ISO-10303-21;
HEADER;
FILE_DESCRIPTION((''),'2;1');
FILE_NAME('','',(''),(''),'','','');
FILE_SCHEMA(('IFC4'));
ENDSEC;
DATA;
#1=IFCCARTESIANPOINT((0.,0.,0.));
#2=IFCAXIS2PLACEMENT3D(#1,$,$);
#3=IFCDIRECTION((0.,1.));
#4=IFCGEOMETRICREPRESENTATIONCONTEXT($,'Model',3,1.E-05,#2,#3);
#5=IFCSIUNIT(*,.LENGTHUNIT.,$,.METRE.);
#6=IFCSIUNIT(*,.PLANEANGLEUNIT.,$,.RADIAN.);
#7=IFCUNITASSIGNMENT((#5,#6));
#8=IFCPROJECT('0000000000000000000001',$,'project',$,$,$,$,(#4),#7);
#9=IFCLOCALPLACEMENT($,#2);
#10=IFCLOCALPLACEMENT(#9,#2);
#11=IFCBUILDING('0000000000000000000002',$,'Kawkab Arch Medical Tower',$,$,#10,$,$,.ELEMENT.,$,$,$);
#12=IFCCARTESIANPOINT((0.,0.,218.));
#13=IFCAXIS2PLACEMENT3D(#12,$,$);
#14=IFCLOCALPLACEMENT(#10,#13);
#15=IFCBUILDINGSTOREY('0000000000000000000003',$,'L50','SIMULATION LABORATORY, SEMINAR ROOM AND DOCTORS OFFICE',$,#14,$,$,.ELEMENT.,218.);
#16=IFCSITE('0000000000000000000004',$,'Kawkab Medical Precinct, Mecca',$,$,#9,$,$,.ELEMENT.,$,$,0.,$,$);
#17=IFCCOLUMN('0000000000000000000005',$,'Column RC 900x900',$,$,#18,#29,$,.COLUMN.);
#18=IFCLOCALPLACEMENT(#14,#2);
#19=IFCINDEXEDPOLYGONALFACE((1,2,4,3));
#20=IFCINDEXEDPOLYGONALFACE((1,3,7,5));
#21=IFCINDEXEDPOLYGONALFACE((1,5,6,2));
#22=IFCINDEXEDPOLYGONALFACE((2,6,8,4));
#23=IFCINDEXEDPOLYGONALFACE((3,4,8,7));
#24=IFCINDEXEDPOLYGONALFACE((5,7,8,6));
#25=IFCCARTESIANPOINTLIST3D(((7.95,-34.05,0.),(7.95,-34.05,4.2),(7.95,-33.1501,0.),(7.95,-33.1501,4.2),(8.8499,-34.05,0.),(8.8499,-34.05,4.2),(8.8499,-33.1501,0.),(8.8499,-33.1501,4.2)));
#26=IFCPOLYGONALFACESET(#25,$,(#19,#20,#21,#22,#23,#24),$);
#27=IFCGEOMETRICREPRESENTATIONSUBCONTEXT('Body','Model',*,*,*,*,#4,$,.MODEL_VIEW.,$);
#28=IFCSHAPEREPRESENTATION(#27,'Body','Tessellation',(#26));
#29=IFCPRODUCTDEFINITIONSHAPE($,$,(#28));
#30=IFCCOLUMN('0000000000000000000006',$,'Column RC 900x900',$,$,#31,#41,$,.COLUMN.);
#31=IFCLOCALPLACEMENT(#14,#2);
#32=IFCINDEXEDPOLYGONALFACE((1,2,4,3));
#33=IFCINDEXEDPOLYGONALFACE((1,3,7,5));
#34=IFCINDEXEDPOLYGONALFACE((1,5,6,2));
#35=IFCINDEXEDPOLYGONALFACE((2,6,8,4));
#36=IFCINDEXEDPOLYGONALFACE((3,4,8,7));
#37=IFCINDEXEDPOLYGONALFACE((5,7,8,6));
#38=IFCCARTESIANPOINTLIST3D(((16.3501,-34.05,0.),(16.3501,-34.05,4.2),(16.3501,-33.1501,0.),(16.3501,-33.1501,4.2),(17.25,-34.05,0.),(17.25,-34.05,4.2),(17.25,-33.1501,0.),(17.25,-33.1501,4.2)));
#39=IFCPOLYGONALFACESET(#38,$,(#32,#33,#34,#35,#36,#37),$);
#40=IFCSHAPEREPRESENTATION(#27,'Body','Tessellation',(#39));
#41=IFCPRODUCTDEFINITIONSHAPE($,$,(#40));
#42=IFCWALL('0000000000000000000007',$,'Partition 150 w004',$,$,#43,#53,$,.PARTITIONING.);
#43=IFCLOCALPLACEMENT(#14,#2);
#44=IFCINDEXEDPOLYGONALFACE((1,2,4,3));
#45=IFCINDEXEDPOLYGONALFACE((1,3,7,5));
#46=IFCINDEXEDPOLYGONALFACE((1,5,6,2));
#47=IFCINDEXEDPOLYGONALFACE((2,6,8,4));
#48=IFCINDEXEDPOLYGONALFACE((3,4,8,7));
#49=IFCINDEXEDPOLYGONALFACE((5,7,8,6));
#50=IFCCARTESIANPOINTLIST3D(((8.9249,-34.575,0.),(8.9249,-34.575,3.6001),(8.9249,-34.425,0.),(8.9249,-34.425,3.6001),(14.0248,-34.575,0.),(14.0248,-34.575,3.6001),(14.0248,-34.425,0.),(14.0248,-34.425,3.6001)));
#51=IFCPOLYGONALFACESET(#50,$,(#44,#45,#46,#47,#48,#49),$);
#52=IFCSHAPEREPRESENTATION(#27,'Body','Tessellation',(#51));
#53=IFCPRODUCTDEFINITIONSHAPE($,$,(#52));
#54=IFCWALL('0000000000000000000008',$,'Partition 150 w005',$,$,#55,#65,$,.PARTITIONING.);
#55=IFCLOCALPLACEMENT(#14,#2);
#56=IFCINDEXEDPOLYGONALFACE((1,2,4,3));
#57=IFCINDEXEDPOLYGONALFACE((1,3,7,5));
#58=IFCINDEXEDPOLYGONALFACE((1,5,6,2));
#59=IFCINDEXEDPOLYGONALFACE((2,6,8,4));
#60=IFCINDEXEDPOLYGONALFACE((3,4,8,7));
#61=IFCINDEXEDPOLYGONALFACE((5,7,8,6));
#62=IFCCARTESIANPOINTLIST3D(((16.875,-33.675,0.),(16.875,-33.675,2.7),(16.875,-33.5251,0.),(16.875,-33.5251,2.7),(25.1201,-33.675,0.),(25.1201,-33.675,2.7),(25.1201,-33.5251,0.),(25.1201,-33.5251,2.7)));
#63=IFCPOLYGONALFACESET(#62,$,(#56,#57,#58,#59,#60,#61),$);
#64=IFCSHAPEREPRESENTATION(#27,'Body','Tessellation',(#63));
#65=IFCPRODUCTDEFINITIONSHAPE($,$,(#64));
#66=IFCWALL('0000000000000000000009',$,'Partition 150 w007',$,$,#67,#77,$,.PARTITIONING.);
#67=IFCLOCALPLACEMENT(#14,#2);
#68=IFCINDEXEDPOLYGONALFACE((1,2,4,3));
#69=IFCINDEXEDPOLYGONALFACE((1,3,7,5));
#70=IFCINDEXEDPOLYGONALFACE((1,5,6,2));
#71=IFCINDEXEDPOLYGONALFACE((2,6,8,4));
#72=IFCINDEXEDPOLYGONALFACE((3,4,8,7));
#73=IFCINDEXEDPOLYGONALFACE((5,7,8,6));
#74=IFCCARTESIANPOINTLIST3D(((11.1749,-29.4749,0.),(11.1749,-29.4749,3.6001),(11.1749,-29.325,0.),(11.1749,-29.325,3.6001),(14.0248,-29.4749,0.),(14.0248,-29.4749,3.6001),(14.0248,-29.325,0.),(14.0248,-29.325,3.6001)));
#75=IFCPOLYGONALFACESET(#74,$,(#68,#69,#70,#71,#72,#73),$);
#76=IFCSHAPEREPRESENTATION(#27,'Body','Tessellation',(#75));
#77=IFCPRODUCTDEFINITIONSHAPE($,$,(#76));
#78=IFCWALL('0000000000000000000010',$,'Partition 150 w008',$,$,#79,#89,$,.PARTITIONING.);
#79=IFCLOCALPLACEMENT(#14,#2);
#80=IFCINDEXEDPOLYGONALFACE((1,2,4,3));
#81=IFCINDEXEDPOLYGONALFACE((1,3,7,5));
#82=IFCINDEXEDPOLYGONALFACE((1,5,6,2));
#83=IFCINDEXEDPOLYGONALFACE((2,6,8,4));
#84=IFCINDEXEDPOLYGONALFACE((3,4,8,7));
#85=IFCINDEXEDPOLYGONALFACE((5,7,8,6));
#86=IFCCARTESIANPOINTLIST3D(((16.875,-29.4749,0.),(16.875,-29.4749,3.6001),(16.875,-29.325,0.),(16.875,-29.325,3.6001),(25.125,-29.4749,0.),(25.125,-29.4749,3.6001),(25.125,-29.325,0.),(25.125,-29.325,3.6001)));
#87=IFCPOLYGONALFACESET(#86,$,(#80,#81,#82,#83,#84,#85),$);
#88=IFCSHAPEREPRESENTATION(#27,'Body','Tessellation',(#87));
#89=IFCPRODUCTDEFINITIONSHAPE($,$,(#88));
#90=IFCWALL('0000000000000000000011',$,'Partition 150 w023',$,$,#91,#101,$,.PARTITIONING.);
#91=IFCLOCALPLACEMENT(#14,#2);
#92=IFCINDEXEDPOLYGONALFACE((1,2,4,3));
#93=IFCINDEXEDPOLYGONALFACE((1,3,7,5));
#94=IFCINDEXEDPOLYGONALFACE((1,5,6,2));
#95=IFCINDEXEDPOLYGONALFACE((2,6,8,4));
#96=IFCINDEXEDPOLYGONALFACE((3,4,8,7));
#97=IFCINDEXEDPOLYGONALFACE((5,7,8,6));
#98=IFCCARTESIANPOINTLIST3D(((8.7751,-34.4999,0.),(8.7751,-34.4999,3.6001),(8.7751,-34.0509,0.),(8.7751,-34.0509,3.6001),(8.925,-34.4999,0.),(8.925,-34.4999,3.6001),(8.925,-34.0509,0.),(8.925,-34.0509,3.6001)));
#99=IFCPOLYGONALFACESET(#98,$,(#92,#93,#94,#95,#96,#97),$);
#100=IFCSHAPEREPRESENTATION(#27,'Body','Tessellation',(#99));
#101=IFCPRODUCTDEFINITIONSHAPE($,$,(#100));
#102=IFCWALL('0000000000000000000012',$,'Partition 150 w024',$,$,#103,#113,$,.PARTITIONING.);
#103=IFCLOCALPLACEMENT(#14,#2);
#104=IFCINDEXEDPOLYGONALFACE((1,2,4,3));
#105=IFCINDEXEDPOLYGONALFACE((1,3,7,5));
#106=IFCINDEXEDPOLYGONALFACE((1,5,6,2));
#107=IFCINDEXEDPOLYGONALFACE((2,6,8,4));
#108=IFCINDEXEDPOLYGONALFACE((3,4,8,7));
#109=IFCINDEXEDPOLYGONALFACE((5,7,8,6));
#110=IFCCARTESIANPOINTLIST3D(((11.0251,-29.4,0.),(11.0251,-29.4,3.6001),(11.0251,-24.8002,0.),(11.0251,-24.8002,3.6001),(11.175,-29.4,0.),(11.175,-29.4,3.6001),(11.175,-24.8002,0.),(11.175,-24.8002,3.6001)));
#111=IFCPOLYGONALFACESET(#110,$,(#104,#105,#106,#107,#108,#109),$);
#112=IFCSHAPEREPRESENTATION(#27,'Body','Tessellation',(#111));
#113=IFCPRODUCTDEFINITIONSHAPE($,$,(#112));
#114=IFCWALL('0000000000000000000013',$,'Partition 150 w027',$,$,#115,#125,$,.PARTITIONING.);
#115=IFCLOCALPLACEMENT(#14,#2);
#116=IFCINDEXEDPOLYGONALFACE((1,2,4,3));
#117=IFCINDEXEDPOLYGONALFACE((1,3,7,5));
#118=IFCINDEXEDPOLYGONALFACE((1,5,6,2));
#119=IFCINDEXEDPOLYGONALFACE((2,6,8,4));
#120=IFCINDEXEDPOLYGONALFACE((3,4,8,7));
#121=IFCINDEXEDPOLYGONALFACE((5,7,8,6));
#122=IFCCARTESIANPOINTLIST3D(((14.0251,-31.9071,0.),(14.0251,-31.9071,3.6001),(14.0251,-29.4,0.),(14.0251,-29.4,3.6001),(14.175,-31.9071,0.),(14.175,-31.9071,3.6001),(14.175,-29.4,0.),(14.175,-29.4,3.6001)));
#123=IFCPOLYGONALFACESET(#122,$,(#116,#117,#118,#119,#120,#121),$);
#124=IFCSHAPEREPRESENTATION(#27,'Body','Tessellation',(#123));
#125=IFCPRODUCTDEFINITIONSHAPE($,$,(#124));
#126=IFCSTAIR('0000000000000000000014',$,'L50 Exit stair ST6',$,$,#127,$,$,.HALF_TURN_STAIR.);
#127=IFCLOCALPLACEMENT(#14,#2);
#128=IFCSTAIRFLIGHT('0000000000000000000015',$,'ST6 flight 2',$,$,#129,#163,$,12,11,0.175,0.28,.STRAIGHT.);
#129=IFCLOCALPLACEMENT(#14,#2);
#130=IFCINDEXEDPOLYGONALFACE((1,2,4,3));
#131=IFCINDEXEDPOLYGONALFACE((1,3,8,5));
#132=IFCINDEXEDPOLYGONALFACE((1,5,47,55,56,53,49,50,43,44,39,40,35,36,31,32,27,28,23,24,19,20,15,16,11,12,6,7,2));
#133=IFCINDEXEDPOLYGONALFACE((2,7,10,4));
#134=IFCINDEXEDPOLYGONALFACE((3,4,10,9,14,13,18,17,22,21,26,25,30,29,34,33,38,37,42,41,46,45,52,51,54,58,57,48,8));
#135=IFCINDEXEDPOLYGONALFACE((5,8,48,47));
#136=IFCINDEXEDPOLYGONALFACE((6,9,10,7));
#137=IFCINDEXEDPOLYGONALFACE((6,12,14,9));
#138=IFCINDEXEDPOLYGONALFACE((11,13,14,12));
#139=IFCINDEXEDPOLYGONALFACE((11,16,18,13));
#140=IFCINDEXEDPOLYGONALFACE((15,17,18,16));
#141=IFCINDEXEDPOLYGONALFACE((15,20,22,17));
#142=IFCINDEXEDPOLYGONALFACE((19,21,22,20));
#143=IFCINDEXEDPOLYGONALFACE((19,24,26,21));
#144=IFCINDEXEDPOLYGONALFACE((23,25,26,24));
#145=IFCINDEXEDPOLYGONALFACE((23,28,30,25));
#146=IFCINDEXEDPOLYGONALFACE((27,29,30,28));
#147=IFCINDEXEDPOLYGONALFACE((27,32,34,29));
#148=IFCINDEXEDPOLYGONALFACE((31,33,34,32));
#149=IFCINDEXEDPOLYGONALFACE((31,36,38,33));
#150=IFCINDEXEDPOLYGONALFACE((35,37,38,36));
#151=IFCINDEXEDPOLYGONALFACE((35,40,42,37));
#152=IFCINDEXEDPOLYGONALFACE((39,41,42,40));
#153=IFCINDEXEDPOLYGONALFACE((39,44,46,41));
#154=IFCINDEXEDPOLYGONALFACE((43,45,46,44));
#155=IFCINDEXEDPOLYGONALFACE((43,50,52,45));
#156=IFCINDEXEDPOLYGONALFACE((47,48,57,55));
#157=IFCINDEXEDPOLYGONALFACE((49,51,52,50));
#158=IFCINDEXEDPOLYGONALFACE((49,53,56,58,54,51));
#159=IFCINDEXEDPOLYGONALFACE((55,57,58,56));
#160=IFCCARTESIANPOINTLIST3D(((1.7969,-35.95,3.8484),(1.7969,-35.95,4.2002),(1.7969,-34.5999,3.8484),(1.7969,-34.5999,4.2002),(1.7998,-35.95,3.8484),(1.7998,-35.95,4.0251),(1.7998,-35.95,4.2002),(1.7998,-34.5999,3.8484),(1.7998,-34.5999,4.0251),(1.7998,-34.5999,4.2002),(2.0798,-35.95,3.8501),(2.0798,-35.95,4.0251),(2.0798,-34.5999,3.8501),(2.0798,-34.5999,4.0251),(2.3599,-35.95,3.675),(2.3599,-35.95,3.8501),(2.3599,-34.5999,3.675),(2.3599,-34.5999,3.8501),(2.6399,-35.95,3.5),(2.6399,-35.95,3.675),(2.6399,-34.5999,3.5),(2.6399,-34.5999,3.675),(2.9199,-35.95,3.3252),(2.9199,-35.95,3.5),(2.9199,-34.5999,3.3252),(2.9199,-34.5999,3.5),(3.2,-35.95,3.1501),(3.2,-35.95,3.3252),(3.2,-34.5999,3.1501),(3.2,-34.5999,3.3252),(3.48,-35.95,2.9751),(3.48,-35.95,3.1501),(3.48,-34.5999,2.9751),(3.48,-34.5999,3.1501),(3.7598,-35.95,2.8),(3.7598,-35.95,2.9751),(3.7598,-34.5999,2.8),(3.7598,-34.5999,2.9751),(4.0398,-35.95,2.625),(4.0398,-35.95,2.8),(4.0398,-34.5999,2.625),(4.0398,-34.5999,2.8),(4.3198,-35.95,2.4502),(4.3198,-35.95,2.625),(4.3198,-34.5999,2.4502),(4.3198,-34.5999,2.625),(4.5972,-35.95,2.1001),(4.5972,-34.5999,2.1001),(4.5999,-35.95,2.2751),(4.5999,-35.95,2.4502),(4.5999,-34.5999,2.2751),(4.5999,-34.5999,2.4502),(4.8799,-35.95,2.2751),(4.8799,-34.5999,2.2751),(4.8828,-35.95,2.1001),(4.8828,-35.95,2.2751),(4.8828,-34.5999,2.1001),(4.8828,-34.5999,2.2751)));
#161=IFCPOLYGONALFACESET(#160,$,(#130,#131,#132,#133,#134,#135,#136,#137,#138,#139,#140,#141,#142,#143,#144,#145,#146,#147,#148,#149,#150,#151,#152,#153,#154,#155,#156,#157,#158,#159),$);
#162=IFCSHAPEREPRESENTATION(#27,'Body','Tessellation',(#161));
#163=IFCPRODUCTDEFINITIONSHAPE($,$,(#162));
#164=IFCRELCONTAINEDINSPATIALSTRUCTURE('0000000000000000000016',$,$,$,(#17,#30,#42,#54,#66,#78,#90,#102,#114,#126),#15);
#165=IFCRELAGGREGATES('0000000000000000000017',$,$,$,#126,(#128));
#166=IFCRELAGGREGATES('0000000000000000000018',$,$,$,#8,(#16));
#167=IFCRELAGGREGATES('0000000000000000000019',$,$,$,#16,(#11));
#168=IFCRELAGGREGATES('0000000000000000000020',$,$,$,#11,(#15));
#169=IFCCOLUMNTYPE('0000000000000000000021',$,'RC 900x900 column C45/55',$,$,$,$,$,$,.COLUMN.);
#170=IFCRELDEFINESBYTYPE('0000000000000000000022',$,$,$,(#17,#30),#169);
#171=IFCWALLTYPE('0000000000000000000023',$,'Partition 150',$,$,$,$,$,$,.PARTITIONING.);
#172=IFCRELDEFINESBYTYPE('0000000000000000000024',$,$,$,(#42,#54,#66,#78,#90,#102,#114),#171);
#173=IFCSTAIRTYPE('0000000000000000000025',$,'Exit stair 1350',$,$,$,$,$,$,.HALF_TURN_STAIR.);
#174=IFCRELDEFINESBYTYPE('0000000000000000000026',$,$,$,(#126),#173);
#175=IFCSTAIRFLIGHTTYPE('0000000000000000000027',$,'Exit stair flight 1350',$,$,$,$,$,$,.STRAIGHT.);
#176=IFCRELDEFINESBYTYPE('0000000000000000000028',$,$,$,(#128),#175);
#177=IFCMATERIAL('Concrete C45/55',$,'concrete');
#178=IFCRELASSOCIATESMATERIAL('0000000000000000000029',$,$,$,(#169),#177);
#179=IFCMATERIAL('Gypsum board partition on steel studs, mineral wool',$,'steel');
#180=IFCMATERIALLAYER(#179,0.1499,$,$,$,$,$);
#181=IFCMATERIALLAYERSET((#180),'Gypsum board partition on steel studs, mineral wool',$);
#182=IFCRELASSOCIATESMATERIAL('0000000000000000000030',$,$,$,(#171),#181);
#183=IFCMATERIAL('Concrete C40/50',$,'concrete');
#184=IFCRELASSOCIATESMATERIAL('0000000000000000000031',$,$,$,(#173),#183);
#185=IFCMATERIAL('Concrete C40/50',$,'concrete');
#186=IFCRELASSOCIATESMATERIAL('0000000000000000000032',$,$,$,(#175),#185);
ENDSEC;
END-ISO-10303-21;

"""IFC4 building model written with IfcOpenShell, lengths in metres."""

from ifc_helpers import new_model, si_unit, direction, frame, frame_2d, origin, origin_2d, place, context, subcontext, project, spatial, polyline, rectangle, outline, extrude, material, layer, layer_set, material_profile, profile_set, type_object, element, aggregate, save


model = new_model("IFC4")

# Units and contexts
model_context = context("Model", 3, precision=1e-05, world=origin(), true_north=direction((0.0, 1.0)))
body_context = subcontext(model_context, "Body", "Model", "MODEL_VIEW")
ifc_project = project(units=[si_unit("LENGTHUNIT", "METRE"), si_unit("PLANEANGLEUNIT", "RADIAN")], contexts=[model_context])

# Site, building, storey
site_placement = place(None, origin())
site = spatial("IfcSite", under=ifc_project, at=site_placement, Name="Kawkab Medical Precinct, Mecca", CompositionType="ELEMENT", RefElevation=0.0)
building_placement = place(site_placement, origin())
building = spatial("IfcBuilding", under=site, at=building_placement, Name="Kawkab Arch Medical Tower", CompositionType="ELEMENT")
storey_placement = place(building_placement, frame((0.0, 0.0, 218.0)))
storey = spatial("IfcBuildingStorey", under=building, at=storey_placement, Name="L50", Description="SIMULATION LABORATORY, SEMINAR ROOM AND DOCTORS OFFICE", CompositionType="ELEMENT", Elevation=218.0)

# Columns
ifc_material_1 = material(Name="Concrete C45/55", Category="concrete")
ifc_material_profile = material_profile(ifc_material_1, rectangle(XDim=0.8999, YDim=0.8999, at=origin_2d()), Name="RC 900x900")
ifc_profile_set = profile_set([ifc_material_profile], Name="Concrete C45/55")
column_type = type_object("IfcColumnType", Name="RC 900x900 column C45/55", PredefinedType="COLUMN", material=ifc_profile_set)
for number, where, z_axis, x_axis, name in (
    (1, (8.3999, -33.6001, 0.0), (0.0, 0.0, 1.0), (1.0, 0.0, 0.0), "Column RC 900x900"),
    (2, (16.8, -33.6001, 0.0), (0.0, 0.0, 1.0), (1.0, 0.0, 0.0), "Column RC 900x900"),
):
    element("IfcColumn", number, at=place(storey_placement, frame(where, z_axis=z_axis, x_axis=x_axis)), inside=storey, type_object=column_type, Name=name, PredefinedType="COLUMN", context=body_context, shape_type="SweptSolid", body=[
        extrude(rectangle(XDim=0.8999, YDim=0.8999, at=origin_2d()), origin(), (0.0, 0.0, 1.0), 4.2),
    ])

# Walls
ifc_material_2 = material(Name="Gypsum board partition on steel studs, mineral wool", Category="steel")
ifc_layer = layer(ifc_material_2, 0.1499)
ifc_layer_set = layer_set([ifc_layer], Name="Gypsum board partition on steel studs, mineral wool")
wall_type = type_object("IfcWallType", Name="Partition 150", PredefinedType="PARTITIONING", material=ifc_layer_set)
wall_1_placement = place(storey_placement, frame((8.925, -34.5, 0.0), z_axis=(0.0, 0.0, 1.0), x_axis=(1.0, 0.0, 0.0)))
element("IfcWall", 3, at=wall_1_placement, inside=storey, type_object=wall_type, Name="Partition 150 w004", PredefinedType="PARTITIONING", context=body_context, shape_type="SweptSolid", body=[
    extrude(rectangle(XDim=5.0999, YDim=0.1499, at=frame_2d((2.5498, 0.0))), origin(), (0.0, 0.0, 1.0), 3.6001),
])
wall_2_placement = place(storey_placement, frame((16.875, -33.6001, 0.0), z_axis=(0.0, 0.0, 1.0), x_axis=(1.0, 0.0, 0.0)))
element("IfcWall", 4, at=wall_2_placement, inside=storey, type_object=wall_type, Name="Partition 150 w005", PredefinedType="PARTITIONING", context=body_context, shape_type="SweptSolid", body=[
    extrude(rectangle(XDim=8.2451, YDim=0.1499, at=frame_2d((4.1226, 0.0))), origin(), (0.0, 0.0, 1.0), 2.7),
])
wall_3_placement = place(storey_placement, frame((11.175, -29.3999, 0.0), z_axis=(0.0, 0.0, 1.0), x_axis=(1.0, 0.0, 0.0)))
element("IfcWall", 5, at=wall_3_placement, inside=storey, type_object=wall_type, Name="Partition 150 w007", PredefinedType="PARTITIONING", context=body_context, shape_type="SweptSolid", body=[
    extrude(rectangle(XDim=2.8499, YDim=0.1499, at=frame_2d((1.4248, 0.0))), origin(), (0.0, 0.0, 1.0), 3.6001),
])
wall_4_placement = place(storey_placement, frame((16.875, -29.3999, 0.0), z_axis=(0.0, 0.0, 1.0), x_axis=(1.0, 0.0, 0.0)))
element("IfcWall", 6, at=wall_4_placement, inside=storey, type_object=wall_type, Name="Partition 150 w008", PredefinedType="PARTITIONING", context=body_context, shape_type="SweptSolid", body=[
    extrude(rectangle(XDim=8.25, YDim=0.1499, at=frame_2d((4.125, 0.0))), origin(), (0.0, 0.0, 1.0), 3.6001),
])
wall_5_placement = place(storey_placement, frame((8.8501, -34.5, 0.0), z_axis=(0.0, 0.0, 1.0), x_axis=(0.0, 1.0, 0.0)))
element("IfcWall", 7, at=wall_5_placement, inside=storey, type_object=wall_type, Name="Partition 150 w023", PredefinedType="PARTITIONING", context=body_context, shape_type="SweptSolid", body=[
    extrude(rectangle(XDim=0.449, YDim=0.1499, at=frame_2d((0.2246, 0.0))), origin(), (0.0, 0.0, 1.0), 3.6001),
])
wall_6_placement = place(storey_placement, frame((11.1001, -29.3999, 0.0), z_axis=(0.0, 0.0, 1.0), x_axis=(0.0, 1.0, 0.0)))
element("IfcWall", 8, at=wall_6_placement, inside=storey, type_object=wall_type, Name="Partition 150 w024", PredefinedType="PARTITIONING", context=body_context, shape_type="SweptSolid", body=[
    extrude(rectangle(XDim=4.5999, YDim=0.1499, at=frame_2d((2.2998, 0.0))), origin(), (0.0, 0.0, 1.0), 3.6001),
])
wall_7_placement = place(storey_placement, frame((14.1001, -31.907, 0.0), z_axis=(0.0, 0.0, 1.0), x_axis=(0.0, 1.0, 0.0)))
element("IfcWall", 9, at=wall_7_placement, inside=storey, type_object=wall_type, Name="Partition 150 w027", PredefinedType="PARTITIONING", context=body_context, shape_type="SweptSolid", body=[
    extrude(rectangle(XDim=2.5071, YDim=0.1499, at=frame_2d((1.2534, 0.0))), origin(), (0.0, 0.0, 1.0), 3.6001),
])

# Stair, stair flight
ifc_material_3 = material(Name="Concrete C40/50", Category="concrete")
stair_type = type_object("IfcStairType", Name="Exit stair 1350", PredefinedType="HALF_TURN_STAIR", material=ifc_material_3)
stair_placement = place(storey_placement, origin())
stair = element("IfcStair", 10, at=stair_placement, inside=storey, type_object=stair_type, Name="L50 Exit stair ST6", PredefinedType="HALF_TURN_STAIR")
ifc_material_4 = material(Name="Concrete C40/50", Category="concrete")
stair_flight_type = type_object("IfcStairFlightType", Name="Exit stair flight 1350", PredefinedType="STRAIGHT", material=ifc_material_4)
stair_flight_placement = place(storey_placement, frame((4.8799, -35.2749, 2.1001), z_axis=(0.0, 0.0, 1.0), x_axis=(-1.0, 0.0, 0.0)))
stair_flight = element("IfcStairFlight", 11, at=stair_flight_placement, type_object=stair_flight_type, Name="ST6 flight 2", NumberOfRisers=12, NumberOfTreads=11, PredefinedType="STRAIGHT", RiserHeight=0.175, TreadLength=0.28, context=body_context, shape_type="SweptSolid", body=[
    extrude(outline(polyline([(-0.0029, 0.0), (-0.0029, 0.175), (0.0, 0.175), (0.28, 0.175), (0.28, 0.3501), (0.5601, 0.3501), (0.5601, 0.5249), (0.8401, 0.5249), (0.8401, 0.7), (1.1201, 0.7), (1.1201, 0.875), (1.3999, 0.875), (1.3999, 1.05), (1.6799, 1.05), (1.6799, 1.2251), (1.96, 1.2251), (1.96, 1.3999), (2.24, 1.3999), (2.24, 1.575), (2.52, 1.575), (2.52, 1.75), (2.8, 1.75), (2.8, 1.925), (3.0801, 1.925), (3.0801, 2.1001), (3.083, 2.1001), (3.083, 1.7483), (3.0801, 1.7483), (0.2827, 0.0), (-0.0029, 0.0)])), frame((0.0, 0.675, 0.0), z_axis=(0.0, -1.0, 0.0), x_axis=(1.0, 0.0, 0.0)), (0.0, 0.0, 1.0), 1.3501),
])
aggregate(stair, [stair_flight])

save(model, "model.ifc")
